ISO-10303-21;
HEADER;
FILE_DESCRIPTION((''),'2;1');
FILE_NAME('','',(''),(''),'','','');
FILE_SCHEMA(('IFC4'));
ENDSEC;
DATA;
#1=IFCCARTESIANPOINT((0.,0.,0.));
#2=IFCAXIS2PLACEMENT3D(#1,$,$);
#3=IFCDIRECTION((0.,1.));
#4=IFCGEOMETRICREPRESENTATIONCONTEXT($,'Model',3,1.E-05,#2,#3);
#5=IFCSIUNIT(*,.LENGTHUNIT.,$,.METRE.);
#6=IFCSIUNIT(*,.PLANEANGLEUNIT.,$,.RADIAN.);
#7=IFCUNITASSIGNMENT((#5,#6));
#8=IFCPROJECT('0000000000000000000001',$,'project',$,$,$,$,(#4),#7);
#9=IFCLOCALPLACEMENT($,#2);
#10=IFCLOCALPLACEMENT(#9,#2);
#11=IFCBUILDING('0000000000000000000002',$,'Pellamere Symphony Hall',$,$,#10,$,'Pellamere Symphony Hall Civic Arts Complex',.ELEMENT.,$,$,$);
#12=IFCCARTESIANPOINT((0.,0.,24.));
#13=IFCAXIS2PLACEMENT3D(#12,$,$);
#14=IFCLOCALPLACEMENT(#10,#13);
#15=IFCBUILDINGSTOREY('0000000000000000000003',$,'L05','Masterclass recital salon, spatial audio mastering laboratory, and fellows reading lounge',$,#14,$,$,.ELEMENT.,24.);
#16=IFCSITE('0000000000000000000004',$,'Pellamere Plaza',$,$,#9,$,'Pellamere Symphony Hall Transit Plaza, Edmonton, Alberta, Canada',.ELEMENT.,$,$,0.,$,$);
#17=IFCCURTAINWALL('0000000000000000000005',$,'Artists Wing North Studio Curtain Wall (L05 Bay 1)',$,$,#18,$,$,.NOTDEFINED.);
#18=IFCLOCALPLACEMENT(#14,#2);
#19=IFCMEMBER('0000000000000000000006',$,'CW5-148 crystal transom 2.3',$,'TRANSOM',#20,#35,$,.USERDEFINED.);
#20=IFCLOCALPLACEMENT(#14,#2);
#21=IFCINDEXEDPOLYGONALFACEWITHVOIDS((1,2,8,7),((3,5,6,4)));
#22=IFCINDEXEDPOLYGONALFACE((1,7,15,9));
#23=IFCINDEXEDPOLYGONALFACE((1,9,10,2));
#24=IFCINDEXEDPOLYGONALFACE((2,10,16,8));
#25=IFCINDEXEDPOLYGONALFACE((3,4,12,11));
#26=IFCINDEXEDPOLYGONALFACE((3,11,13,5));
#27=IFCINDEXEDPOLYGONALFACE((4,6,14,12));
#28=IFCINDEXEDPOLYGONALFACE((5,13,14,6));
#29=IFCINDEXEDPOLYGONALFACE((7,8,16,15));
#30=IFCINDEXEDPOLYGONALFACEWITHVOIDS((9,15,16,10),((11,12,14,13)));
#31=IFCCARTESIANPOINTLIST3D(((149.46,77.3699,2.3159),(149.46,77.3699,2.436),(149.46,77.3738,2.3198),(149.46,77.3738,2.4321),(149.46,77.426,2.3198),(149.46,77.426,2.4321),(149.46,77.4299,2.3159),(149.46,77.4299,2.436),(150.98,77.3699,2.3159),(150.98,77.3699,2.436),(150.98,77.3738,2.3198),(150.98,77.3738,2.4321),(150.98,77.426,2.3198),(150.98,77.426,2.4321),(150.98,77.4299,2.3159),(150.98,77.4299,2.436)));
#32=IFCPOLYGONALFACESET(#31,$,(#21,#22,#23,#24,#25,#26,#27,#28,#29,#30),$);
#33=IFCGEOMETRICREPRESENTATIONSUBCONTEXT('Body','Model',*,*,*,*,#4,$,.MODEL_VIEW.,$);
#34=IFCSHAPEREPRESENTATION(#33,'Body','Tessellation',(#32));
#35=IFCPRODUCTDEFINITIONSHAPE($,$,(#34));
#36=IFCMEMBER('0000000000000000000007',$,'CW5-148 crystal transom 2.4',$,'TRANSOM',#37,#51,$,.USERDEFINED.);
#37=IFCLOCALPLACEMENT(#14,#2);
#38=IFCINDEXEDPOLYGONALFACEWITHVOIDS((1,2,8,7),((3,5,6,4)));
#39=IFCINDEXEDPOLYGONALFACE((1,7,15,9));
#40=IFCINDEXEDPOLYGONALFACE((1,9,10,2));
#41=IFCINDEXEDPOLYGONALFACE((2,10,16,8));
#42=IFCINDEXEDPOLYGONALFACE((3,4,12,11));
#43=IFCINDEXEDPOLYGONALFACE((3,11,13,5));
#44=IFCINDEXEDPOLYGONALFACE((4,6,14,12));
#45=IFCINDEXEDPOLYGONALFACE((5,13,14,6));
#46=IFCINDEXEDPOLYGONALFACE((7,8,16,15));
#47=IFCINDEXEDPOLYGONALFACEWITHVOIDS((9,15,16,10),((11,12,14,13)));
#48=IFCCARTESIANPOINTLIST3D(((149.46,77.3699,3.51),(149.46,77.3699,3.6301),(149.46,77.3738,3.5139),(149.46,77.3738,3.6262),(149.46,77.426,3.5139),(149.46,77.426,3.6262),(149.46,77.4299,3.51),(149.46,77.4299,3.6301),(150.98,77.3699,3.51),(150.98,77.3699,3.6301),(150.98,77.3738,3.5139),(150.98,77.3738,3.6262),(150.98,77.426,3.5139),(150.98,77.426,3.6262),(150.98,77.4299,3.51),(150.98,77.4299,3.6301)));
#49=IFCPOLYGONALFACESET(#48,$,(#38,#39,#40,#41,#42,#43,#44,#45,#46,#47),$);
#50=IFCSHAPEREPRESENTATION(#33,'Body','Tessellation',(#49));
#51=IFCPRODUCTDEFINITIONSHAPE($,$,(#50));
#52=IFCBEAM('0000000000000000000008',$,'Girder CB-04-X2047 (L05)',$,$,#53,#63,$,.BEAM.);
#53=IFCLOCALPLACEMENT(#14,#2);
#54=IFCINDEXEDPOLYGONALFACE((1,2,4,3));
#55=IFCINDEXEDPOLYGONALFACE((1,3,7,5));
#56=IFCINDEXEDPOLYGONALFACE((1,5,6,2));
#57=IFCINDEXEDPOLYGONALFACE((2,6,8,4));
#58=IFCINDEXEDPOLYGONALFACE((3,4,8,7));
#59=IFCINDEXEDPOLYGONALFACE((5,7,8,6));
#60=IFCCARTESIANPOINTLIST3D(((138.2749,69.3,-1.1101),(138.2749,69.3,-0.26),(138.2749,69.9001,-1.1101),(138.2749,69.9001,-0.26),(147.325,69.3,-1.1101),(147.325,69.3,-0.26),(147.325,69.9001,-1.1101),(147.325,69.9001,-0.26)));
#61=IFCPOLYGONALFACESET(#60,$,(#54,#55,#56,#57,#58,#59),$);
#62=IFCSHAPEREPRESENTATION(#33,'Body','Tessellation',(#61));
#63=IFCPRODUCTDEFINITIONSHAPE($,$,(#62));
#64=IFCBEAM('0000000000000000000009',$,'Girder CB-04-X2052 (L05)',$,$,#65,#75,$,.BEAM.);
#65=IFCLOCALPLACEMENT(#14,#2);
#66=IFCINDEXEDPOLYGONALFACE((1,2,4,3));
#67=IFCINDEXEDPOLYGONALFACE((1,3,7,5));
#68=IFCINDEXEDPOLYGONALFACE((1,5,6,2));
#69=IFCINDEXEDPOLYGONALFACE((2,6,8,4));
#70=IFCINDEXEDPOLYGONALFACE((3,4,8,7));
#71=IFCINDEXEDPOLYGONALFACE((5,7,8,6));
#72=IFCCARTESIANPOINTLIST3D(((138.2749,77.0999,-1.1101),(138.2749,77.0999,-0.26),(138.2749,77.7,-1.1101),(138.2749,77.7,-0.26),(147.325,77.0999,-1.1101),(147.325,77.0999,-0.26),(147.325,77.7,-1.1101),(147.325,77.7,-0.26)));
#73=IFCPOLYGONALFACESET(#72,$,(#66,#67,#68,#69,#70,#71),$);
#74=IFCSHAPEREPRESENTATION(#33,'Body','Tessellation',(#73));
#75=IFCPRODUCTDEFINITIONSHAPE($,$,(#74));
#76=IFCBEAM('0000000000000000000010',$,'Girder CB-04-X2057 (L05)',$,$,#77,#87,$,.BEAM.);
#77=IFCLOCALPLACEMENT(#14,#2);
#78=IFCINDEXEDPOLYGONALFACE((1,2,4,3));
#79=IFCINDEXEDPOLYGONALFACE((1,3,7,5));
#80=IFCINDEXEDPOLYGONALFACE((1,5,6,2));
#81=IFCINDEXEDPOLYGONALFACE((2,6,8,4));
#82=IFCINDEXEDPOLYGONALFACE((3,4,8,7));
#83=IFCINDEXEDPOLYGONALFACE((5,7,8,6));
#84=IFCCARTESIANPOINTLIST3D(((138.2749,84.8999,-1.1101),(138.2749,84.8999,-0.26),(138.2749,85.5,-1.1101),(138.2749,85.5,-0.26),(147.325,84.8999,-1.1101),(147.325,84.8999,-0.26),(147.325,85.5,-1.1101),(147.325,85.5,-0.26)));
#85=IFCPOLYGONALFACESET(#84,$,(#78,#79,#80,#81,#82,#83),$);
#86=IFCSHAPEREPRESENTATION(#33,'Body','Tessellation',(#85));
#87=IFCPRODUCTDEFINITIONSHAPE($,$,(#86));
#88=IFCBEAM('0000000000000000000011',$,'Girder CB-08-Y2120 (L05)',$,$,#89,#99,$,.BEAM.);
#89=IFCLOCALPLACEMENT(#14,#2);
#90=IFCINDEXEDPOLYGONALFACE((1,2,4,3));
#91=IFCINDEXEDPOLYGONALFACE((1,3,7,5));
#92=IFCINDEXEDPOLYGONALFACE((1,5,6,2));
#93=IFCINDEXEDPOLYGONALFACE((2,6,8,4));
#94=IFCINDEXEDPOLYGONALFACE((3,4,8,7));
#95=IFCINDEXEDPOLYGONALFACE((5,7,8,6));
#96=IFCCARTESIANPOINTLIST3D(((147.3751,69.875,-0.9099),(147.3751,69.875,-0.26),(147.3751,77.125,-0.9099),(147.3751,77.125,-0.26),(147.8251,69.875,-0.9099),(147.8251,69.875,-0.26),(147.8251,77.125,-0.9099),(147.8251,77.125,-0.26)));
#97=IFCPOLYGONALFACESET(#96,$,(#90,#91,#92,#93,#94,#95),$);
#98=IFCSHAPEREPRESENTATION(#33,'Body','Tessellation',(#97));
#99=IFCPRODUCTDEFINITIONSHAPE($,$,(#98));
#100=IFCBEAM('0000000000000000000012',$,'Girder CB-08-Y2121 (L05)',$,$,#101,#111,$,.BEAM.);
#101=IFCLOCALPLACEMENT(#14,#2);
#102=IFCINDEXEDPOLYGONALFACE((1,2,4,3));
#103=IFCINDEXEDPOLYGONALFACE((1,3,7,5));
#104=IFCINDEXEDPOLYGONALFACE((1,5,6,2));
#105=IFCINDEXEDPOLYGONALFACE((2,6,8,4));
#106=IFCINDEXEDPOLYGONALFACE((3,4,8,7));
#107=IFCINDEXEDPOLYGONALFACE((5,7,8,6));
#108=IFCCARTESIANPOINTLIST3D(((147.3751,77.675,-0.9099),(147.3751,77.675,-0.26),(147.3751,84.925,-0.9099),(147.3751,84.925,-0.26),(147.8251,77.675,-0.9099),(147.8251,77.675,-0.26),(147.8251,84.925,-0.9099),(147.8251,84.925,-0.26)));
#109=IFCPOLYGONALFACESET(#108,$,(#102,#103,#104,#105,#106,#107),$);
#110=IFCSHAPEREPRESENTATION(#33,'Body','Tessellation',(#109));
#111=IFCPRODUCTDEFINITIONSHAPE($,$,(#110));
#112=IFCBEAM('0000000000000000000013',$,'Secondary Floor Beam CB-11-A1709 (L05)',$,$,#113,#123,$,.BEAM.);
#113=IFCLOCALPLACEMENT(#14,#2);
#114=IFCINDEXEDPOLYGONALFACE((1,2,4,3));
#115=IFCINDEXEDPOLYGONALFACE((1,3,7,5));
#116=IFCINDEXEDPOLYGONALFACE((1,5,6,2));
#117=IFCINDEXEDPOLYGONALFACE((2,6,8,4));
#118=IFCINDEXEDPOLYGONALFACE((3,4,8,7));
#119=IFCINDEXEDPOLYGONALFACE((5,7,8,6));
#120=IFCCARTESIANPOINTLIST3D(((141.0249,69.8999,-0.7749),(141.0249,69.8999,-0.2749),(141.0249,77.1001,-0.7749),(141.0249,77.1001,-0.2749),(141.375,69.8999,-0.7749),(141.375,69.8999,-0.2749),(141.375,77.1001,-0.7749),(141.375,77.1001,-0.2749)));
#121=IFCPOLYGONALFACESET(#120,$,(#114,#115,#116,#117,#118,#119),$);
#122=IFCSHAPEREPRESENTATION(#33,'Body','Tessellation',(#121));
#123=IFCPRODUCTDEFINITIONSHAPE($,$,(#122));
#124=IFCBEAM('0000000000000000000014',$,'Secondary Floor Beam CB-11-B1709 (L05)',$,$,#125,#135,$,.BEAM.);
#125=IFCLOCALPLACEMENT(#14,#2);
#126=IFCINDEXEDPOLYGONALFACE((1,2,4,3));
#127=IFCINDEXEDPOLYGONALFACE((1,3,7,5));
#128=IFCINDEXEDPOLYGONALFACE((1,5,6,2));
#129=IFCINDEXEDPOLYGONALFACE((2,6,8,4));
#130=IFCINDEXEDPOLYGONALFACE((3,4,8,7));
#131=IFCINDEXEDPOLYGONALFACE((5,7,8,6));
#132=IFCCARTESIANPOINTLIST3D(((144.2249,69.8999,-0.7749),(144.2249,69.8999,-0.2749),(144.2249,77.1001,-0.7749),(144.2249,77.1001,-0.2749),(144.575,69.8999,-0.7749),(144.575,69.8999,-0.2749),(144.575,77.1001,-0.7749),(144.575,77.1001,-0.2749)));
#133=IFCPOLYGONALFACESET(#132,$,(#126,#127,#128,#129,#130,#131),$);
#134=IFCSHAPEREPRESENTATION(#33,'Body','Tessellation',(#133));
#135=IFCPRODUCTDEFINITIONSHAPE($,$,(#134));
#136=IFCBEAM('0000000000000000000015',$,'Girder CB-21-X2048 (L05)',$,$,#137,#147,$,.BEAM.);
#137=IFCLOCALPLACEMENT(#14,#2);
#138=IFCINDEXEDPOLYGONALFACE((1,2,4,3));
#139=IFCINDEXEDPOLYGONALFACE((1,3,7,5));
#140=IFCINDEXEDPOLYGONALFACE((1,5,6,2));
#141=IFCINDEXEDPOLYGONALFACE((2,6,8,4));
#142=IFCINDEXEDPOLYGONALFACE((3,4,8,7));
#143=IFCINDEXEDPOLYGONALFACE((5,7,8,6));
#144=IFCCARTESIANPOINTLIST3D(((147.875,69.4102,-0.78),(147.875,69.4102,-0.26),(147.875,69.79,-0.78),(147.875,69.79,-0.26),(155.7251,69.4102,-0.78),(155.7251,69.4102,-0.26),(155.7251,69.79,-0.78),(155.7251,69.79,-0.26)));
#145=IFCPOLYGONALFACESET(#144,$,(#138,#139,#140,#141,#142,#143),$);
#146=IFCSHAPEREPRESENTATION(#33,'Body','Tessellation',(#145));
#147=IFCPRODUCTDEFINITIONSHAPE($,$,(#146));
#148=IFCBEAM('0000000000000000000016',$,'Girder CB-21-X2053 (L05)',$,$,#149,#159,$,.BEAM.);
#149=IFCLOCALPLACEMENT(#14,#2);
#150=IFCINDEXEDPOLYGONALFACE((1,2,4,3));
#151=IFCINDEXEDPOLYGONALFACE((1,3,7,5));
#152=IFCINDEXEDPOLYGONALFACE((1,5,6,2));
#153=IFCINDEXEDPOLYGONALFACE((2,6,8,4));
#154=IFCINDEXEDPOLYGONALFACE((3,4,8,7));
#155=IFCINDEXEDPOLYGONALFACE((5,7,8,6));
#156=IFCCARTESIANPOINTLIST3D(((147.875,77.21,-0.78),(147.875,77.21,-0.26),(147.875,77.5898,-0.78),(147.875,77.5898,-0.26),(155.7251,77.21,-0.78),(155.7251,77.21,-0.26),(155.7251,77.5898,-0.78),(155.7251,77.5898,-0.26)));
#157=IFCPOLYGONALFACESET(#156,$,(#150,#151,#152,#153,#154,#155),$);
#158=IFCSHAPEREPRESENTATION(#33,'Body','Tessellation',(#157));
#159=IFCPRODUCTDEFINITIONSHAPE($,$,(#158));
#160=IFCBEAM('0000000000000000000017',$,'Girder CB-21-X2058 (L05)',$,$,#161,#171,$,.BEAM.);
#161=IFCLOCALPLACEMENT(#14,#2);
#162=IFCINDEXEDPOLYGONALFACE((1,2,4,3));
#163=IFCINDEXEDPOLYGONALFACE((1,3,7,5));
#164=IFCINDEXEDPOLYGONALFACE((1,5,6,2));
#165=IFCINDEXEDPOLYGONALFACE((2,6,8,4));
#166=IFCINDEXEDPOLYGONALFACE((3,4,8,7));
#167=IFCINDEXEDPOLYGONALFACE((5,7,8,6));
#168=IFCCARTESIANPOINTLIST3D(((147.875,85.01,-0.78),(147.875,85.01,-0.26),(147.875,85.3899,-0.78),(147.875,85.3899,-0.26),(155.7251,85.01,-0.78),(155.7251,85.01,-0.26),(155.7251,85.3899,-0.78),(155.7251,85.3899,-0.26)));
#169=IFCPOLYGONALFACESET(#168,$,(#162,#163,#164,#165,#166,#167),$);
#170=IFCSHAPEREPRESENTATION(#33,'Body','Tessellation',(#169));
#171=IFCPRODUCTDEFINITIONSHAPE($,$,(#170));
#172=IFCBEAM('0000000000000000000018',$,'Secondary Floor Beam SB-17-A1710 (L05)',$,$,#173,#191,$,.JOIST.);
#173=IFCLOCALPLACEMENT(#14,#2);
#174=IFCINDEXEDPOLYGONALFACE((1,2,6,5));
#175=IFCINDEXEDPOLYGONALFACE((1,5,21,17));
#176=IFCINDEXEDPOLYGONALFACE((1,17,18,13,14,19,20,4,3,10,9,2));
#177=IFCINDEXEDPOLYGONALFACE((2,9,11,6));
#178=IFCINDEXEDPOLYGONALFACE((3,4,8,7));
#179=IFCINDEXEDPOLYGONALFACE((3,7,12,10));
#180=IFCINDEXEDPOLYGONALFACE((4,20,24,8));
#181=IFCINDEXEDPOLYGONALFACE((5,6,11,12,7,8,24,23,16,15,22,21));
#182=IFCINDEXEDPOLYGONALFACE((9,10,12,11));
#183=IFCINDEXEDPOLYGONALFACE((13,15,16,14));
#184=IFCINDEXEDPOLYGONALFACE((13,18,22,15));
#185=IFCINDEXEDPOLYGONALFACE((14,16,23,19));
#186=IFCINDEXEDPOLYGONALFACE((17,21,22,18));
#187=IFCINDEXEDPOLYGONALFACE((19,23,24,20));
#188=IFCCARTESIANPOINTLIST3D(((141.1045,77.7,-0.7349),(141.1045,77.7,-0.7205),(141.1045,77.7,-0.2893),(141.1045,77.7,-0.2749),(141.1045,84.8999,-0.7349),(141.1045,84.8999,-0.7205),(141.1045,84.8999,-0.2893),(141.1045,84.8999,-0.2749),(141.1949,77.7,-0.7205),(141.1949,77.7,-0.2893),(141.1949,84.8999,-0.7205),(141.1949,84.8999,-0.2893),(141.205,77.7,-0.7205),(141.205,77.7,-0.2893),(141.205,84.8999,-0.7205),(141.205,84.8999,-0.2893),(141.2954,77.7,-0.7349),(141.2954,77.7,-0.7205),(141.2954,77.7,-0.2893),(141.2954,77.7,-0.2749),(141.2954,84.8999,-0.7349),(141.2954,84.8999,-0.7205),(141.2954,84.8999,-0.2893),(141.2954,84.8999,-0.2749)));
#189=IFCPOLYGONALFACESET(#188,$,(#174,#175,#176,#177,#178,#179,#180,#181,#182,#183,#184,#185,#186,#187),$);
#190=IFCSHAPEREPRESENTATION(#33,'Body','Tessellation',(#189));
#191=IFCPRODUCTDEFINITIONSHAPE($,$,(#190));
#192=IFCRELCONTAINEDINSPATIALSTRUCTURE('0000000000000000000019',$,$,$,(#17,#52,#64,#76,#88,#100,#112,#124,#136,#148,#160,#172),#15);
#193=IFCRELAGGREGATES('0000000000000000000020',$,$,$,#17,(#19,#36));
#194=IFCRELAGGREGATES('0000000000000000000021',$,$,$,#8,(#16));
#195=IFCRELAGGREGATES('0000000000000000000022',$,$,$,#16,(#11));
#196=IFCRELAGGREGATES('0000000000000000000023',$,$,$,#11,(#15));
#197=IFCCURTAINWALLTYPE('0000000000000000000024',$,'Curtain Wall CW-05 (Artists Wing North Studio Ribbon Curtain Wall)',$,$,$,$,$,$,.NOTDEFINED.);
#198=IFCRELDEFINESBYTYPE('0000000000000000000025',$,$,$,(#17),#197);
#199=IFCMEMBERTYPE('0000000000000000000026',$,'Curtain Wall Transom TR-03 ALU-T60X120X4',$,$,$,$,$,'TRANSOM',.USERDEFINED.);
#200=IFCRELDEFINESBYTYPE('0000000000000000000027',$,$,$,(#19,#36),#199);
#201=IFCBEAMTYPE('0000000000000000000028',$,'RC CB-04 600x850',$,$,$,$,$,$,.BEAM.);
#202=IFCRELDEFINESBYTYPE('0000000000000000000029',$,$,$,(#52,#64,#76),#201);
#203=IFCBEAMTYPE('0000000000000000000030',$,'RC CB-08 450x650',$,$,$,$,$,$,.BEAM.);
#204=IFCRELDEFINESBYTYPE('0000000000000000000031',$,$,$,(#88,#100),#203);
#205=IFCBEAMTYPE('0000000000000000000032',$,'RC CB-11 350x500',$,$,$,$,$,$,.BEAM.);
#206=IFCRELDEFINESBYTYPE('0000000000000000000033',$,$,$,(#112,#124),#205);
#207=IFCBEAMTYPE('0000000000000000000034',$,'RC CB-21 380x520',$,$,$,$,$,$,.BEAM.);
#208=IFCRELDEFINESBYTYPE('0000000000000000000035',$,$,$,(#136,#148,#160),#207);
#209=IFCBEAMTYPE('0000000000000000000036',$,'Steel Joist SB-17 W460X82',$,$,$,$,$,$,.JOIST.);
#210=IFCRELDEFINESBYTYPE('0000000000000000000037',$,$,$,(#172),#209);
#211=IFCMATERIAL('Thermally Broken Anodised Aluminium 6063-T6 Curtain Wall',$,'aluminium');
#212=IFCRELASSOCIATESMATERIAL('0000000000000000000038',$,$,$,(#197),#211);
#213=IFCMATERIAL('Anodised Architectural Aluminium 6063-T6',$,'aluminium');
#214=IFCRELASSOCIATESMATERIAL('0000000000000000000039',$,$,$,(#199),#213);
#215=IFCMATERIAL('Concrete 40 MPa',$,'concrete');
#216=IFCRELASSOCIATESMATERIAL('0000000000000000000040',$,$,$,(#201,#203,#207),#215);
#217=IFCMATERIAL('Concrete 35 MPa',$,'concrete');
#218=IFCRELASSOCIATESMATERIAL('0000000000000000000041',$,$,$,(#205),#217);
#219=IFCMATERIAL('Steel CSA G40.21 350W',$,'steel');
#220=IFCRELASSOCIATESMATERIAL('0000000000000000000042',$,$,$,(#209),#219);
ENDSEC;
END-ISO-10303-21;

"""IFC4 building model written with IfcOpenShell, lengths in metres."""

from ifc_helpers import new_model, si_unit, direction, frame, origin, origin_2d, place, context, subcontext, project, spatial, rectangle, hollow_rectangle, i_section, extrude, material, material_profile, profile_set, type_object, element, aggregate, save


model = new_model("IFC4")

# Units and contexts
model_context = context("Model", 3, precision=1e-05, world=origin(), true_north=direction((0.0, 1.0)))
body_context = subcontext(model_context, "Body", "Model", "MODEL_VIEW")
ifc_project = project(units=[si_unit("LENGTHUNIT", "METRE"), si_unit("PLANEANGLEUNIT", "RADIAN")], contexts=[model_context])

# Site, building, storey
site_placement = place(None, origin())
site = spatial("IfcSite", under=ifc_project, at=site_placement, Name="Pellamere Plaza", LongName="Pellamere Symphony Hall Transit Plaza, Edmonton, Alberta, Canada", CompositionType="ELEMENT", RefElevation=0.0)
building_placement = place(site_placement, origin())
building = spatial("IfcBuilding", under=site, at=building_placement, Name="Pellamere Symphony Hall", LongName="Pellamere Symphony Hall Civic Arts Complex", CompositionType="ELEMENT")
storey_placement = place(building_placement, frame((0.0, 0.0, 24.0)))
storey = spatial("IfcBuildingStorey", under=building, at=storey_placement, Name="L05", Description="Masterclass recital salon, spatial audio mastering laboratory, and fellows reading lounge", CompositionType="ELEMENT", Elevation=24.0)

# Shared definitions
ifc_material_1 = material(Name="Concrete 35 MPa", Category="concrete")

# Curtain wall, members
ifc_material_2 = material(Name="Thermally Broken Anodised Aluminium 6063-T6 Curtain Wall", Category="aluminium")
curtain_wall_type = type_object("IfcCurtainWallType", Name="Curtain Wall CW-05 (Artists Wing North Studio Ribbon Curtain Wall)", PredefinedType="NOTDEFINED", material=ifc_material_2)
curtain_wall_placement = place(storey_placement, origin())
curtain_wall = element("IfcCurtainWall", 1, at=curtain_wall_placement, inside=storey, type_object=curtain_wall_type, Name="Artists Wing North Studio Curtain Wall (L05 Bay 1)", PredefinedType="NOTDEFINED")
ifc_material_3 = material(Name="Anodised Architectural Aluminium 6063-T6", Category="aluminium")
ifc_material_profile_1 = material_profile(ifc_material_3, hollow_rectangle(XDim=0.0601, YDim=0.1201, WallThickness=0.0039, at=origin_2d()), Name="ALU-T60X120X4")
ifc_profile_set_1 = profile_set([ifc_material_profile_1], Name="Anodised Architectural Aluminium 6063-T6")
member_type_1 = type_object("IfcMemberType", Name="Curtain Wall Transom TR-03 ALU-T60X120X4", ElementType="TRANSOM", PredefinedType="USERDEFINED", material=ifc_profile_set_1)
member_1_placement = place(storey_placement, frame((149.46, 77.3999, 2.376), z_axis=(1.0, 0.0, 0.0), x_axis=(0.0, 1.0, 0.0)))
member_1 = element("IfcMember", 2, at=member_1_placement, type_object=member_type_1, Name="CW5-148 crystal transom 2.3", ObjectType="TRANSOM", PredefinedType="USERDEFINED", context=body_context, shape_type="SweptSolid", body=[
    extrude(hollow_rectangle(XDim=0.0601, YDim=0.1201, WallThickness=0.0039, at=origin_2d()), origin(), (0.0, 0.0, 1.0), 1.52),
])
member_2_placement = place(storey_placement, frame((149.46, 77.3999, 3.5701), z_axis=(1.0, 0.0, 0.0), x_axis=(0.0, 1.0, 0.0)))
member_2 = element("IfcMember", 3, at=member_2_placement, type_object=member_type_1, Name="CW5-148 crystal transom 2.4", ObjectType="TRANSOM", PredefinedType="USERDEFINED", context=body_context, shape_type="SweptSolid", body=[
    extrude(hollow_rectangle(XDim=0.0601, YDim=0.1201, WallThickness=0.0039, at=origin_2d()), origin(), (0.0, 0.0, 1.0), 1.52),
])

# Beams
ifc_material_4 = material(Name="Concrete 40 MPa", Category="concrete")
ifc_material_profile_2 = material_profile(ifc_material_4, rectangle(XDim=0.6001, YDim=0.8501, at=origin_2d()), Name="RC 600x850")
ifc_profile_set_2 = profile_set([ifc_material_profile_2], Name="Concrete 40 MPa")
beam_type_1 = type_object("IfcBeamType", Name="RC CB-04 600x850", PredefinedType="BEAM", material=ifc_profile_set_2)
for number, where, z_axis, x_axis, name in (
    (4, (138.2749, 69.6001, -0.6851), (1.0, 0.0, 0.0), (0.0, 1.0, 0.0), "Girder CB-04-X2047 (L05)"),
    (5, (138.2749, 77.3999, -0.6851), (1.0, 0.0, 0.0), (0.0, 1.0, 0.0), "Girder CB-04-X2052 (L05)"),
    (6, (138.2749, 85.2, -0.6851), (1.0, 0.0, 0.0), (0.0, 1.0, 0.0), "Girder CB-04-X2057 (L05)"),
):
    element("IfcBeam", number, at=place(storey_placement, frame(where, z_axis=z_axis, x_axis=x_axis)), inside=storey, type_object=beam_type_1, Name=name, PredefinedType="BEAM", context=body_context, shape_type="SweptSolid", body=[
        extrude(rectangle(XDim=0.6001, YDim=0.8501, at=origin_2d()), origin(), (0.0, 0.0, 1.0), 9.05),
    ])
ifc_material_profile_3 = material_profile(ifc_material_4, rectangle(XDim=0.45, YDim=0.6499, at=origin_2d()), Name="RC 450x650")
ifc_profile_set_3 = profile_set([ifc_material_profile_3], Name="Concrete 40 MPa")
beam_type_2 = type_object("IfcBeamType", Name="RC CB-08 450x650", PredefinedType="BEAM", material=ifc_profile_set_3)
for number, where, z_axis, x_axis, name in (
    (7, (147.6001, 69.875, -0.585), (0.0, 1.0, 0.0), (-1.0, 0.0, 0.0), "Girder CB-08-Y2120 (L05)"),
    (8, (147.6001, 77.675, -0.585), (0.0, 1.0, 0.0), (-1.0, 0.0, 0.0), "Girder CB-08-Y2121 (L05)"),
):
    element("IfcBeam", number, at=place(storey_placement, frame(where, z_axis=z_axis, x_axis=x_axis)), inside=storey, type_object=beam_type_2, Name=name, PredefinedType="BEAM", context=body_context, shape_type="SweptSolid", body=[
        extrude(rectangle(XDim=0.45, YDim=0.6499, at=origin_2d()), origin(), (0.0, 0.0, 1.0), 7.25),
    ])
ifc_material_profile_4 = material_profile(ifc_material_1, rectangle(XDim=0.3501, YDim=0.5, at=origin_2d()), Name="RC 350x500")
ifc_profile_set_4 = profile_set([ifc_material_profile_4], Name="Concrete 35 MPa")
beam_type_3 = type_object("IfcBeamType", Name="RC CB-11 350x500", PredefinedType="BEAM", material=ifc_profile_set_4)
for number, where, z_axis, x_axis, name in (
    (9, (141.2, 69.8999, -0.5249), (0.0, 1.0, 0.0), (-1.0, 0.0, 0.0), "Secondary Floor Beam CB-11-A1709 (L05)"),
    (10, (144.3999, 69.8999, -0.5249), (0.0, 1.0, 0.0), (-1.0, 0.0, 0.0), "Secondary Floor Beam CB-11-B1709 (L05)"),
):
    element("IfcBeam", number, at=place(storey_placement, frame(where, z_axis=z_axis, x_axis=x_axis)), inside=storey, type_object=beam_type_3, Name=name, PredefinedType="BEAM", context=body_context, shape_type="SweptSolid", body=[
        extrude(rectangle(XDim=0.3501, YDim=0.5, at=origin_2d()), origin(), (0.0, 0.0, 1.0), 7.2002),
    ])
ifc_material_profile_5 = material_profile(ifc_material_4, rectangle(XDim=0.3799, YDim=0.52, at=origin_2d()), Name="RC 380x520")
ifc_profile_set_5 = profile_set([ifc_material_profile_5], Name="Concrete 40 MPa")
beam_type_4 = type_object("IfcBeamType", Name="RC CB-21 380x520", PredefinedType="BEAM", material=ifc_profile_set_5)
for number, where, z_axis, x_axis, name in (
    (11, (147.875, 69.6001, -0.52), (1.0, 0.0, 0.0), (0.0, 1.0, 0.0), "Girder CB-21-X2048 (L05)"),
    (12, (147.875, 77.3999, -0.52), (1.0, 0.0, 0.0), (0.0, 1.0, 0.0), "Girder CB-21-X2053 (L05)"),
    (13, (147.875, 85.2, -0.52), (1.0, 0.0, 0.0), (0.0, 1.0, 0.0), "Girder CB-21-X2058 (L05)"),
):
    element("IfcBeam", number, at=place(storey_placement, frame(where, z_axis=z_axis, x_axis=x_axis)), inside=storey, type_object=beam_type_4, Name=name, PredefinedType="BEAM", context=body_context, shape_type="SweptSolid", body=[
        extrude(rectangle(XDim=0.3799, YDim=0.52, at=origin_2d()), origin(), (0.0, 0.0, 1.0), 7.8501),
    ])
ifc_material_5 = material(Name="Steel CSA G40.21 350W", Category="steel")
ifc_material_profile_6 = material_profile(ifc_material_5, i_section(OverallWidth=0.1909, OverallDepth=0.46, WebThickness=0.01, FlangeThickness=0.0144, at=origin_2d()), Name="W460X82")
ifc_profile_set_6 = profile_set([ifc_material_profile_6], Name="Steel CSA G40.21 350W")
beam_type_5 = type_object("IfcBeamType", Name="Steel Joist SB-17 W460X82", PredefinedType="JOIST", material=ifc_profile_set_6)
for number, where, z_axis, x_axis, name in (
    (14, (141.2, 77.7, -0.5049), (0.0, 1.0, 0.0), (-1.0, 0.0, 0.0), "Secondary Floor Beam SB-17-A1710 (L05)"),
):
    element("IfcBeam", number, at=place(storey_placement, frame(where, z_axis=z_axis, x_axis=x_axis)), inside=storey, type_object=beam_type_5, Name=name, PredefinedType="JOIST", context=body_context, shape_type="SweptSolid", body=[
        extrude(i_section(OverallWidth=0.1909, OverallDepth=0.46, WebThickness=0.01, FlangeThickness=0.0144, at=origin_2d()), origin(), (0.0, 0.0, 1.0), 7.2),
    ])

aggregate(curtain_wall, [member_1, member_2])

save(model, "model.ifc")
